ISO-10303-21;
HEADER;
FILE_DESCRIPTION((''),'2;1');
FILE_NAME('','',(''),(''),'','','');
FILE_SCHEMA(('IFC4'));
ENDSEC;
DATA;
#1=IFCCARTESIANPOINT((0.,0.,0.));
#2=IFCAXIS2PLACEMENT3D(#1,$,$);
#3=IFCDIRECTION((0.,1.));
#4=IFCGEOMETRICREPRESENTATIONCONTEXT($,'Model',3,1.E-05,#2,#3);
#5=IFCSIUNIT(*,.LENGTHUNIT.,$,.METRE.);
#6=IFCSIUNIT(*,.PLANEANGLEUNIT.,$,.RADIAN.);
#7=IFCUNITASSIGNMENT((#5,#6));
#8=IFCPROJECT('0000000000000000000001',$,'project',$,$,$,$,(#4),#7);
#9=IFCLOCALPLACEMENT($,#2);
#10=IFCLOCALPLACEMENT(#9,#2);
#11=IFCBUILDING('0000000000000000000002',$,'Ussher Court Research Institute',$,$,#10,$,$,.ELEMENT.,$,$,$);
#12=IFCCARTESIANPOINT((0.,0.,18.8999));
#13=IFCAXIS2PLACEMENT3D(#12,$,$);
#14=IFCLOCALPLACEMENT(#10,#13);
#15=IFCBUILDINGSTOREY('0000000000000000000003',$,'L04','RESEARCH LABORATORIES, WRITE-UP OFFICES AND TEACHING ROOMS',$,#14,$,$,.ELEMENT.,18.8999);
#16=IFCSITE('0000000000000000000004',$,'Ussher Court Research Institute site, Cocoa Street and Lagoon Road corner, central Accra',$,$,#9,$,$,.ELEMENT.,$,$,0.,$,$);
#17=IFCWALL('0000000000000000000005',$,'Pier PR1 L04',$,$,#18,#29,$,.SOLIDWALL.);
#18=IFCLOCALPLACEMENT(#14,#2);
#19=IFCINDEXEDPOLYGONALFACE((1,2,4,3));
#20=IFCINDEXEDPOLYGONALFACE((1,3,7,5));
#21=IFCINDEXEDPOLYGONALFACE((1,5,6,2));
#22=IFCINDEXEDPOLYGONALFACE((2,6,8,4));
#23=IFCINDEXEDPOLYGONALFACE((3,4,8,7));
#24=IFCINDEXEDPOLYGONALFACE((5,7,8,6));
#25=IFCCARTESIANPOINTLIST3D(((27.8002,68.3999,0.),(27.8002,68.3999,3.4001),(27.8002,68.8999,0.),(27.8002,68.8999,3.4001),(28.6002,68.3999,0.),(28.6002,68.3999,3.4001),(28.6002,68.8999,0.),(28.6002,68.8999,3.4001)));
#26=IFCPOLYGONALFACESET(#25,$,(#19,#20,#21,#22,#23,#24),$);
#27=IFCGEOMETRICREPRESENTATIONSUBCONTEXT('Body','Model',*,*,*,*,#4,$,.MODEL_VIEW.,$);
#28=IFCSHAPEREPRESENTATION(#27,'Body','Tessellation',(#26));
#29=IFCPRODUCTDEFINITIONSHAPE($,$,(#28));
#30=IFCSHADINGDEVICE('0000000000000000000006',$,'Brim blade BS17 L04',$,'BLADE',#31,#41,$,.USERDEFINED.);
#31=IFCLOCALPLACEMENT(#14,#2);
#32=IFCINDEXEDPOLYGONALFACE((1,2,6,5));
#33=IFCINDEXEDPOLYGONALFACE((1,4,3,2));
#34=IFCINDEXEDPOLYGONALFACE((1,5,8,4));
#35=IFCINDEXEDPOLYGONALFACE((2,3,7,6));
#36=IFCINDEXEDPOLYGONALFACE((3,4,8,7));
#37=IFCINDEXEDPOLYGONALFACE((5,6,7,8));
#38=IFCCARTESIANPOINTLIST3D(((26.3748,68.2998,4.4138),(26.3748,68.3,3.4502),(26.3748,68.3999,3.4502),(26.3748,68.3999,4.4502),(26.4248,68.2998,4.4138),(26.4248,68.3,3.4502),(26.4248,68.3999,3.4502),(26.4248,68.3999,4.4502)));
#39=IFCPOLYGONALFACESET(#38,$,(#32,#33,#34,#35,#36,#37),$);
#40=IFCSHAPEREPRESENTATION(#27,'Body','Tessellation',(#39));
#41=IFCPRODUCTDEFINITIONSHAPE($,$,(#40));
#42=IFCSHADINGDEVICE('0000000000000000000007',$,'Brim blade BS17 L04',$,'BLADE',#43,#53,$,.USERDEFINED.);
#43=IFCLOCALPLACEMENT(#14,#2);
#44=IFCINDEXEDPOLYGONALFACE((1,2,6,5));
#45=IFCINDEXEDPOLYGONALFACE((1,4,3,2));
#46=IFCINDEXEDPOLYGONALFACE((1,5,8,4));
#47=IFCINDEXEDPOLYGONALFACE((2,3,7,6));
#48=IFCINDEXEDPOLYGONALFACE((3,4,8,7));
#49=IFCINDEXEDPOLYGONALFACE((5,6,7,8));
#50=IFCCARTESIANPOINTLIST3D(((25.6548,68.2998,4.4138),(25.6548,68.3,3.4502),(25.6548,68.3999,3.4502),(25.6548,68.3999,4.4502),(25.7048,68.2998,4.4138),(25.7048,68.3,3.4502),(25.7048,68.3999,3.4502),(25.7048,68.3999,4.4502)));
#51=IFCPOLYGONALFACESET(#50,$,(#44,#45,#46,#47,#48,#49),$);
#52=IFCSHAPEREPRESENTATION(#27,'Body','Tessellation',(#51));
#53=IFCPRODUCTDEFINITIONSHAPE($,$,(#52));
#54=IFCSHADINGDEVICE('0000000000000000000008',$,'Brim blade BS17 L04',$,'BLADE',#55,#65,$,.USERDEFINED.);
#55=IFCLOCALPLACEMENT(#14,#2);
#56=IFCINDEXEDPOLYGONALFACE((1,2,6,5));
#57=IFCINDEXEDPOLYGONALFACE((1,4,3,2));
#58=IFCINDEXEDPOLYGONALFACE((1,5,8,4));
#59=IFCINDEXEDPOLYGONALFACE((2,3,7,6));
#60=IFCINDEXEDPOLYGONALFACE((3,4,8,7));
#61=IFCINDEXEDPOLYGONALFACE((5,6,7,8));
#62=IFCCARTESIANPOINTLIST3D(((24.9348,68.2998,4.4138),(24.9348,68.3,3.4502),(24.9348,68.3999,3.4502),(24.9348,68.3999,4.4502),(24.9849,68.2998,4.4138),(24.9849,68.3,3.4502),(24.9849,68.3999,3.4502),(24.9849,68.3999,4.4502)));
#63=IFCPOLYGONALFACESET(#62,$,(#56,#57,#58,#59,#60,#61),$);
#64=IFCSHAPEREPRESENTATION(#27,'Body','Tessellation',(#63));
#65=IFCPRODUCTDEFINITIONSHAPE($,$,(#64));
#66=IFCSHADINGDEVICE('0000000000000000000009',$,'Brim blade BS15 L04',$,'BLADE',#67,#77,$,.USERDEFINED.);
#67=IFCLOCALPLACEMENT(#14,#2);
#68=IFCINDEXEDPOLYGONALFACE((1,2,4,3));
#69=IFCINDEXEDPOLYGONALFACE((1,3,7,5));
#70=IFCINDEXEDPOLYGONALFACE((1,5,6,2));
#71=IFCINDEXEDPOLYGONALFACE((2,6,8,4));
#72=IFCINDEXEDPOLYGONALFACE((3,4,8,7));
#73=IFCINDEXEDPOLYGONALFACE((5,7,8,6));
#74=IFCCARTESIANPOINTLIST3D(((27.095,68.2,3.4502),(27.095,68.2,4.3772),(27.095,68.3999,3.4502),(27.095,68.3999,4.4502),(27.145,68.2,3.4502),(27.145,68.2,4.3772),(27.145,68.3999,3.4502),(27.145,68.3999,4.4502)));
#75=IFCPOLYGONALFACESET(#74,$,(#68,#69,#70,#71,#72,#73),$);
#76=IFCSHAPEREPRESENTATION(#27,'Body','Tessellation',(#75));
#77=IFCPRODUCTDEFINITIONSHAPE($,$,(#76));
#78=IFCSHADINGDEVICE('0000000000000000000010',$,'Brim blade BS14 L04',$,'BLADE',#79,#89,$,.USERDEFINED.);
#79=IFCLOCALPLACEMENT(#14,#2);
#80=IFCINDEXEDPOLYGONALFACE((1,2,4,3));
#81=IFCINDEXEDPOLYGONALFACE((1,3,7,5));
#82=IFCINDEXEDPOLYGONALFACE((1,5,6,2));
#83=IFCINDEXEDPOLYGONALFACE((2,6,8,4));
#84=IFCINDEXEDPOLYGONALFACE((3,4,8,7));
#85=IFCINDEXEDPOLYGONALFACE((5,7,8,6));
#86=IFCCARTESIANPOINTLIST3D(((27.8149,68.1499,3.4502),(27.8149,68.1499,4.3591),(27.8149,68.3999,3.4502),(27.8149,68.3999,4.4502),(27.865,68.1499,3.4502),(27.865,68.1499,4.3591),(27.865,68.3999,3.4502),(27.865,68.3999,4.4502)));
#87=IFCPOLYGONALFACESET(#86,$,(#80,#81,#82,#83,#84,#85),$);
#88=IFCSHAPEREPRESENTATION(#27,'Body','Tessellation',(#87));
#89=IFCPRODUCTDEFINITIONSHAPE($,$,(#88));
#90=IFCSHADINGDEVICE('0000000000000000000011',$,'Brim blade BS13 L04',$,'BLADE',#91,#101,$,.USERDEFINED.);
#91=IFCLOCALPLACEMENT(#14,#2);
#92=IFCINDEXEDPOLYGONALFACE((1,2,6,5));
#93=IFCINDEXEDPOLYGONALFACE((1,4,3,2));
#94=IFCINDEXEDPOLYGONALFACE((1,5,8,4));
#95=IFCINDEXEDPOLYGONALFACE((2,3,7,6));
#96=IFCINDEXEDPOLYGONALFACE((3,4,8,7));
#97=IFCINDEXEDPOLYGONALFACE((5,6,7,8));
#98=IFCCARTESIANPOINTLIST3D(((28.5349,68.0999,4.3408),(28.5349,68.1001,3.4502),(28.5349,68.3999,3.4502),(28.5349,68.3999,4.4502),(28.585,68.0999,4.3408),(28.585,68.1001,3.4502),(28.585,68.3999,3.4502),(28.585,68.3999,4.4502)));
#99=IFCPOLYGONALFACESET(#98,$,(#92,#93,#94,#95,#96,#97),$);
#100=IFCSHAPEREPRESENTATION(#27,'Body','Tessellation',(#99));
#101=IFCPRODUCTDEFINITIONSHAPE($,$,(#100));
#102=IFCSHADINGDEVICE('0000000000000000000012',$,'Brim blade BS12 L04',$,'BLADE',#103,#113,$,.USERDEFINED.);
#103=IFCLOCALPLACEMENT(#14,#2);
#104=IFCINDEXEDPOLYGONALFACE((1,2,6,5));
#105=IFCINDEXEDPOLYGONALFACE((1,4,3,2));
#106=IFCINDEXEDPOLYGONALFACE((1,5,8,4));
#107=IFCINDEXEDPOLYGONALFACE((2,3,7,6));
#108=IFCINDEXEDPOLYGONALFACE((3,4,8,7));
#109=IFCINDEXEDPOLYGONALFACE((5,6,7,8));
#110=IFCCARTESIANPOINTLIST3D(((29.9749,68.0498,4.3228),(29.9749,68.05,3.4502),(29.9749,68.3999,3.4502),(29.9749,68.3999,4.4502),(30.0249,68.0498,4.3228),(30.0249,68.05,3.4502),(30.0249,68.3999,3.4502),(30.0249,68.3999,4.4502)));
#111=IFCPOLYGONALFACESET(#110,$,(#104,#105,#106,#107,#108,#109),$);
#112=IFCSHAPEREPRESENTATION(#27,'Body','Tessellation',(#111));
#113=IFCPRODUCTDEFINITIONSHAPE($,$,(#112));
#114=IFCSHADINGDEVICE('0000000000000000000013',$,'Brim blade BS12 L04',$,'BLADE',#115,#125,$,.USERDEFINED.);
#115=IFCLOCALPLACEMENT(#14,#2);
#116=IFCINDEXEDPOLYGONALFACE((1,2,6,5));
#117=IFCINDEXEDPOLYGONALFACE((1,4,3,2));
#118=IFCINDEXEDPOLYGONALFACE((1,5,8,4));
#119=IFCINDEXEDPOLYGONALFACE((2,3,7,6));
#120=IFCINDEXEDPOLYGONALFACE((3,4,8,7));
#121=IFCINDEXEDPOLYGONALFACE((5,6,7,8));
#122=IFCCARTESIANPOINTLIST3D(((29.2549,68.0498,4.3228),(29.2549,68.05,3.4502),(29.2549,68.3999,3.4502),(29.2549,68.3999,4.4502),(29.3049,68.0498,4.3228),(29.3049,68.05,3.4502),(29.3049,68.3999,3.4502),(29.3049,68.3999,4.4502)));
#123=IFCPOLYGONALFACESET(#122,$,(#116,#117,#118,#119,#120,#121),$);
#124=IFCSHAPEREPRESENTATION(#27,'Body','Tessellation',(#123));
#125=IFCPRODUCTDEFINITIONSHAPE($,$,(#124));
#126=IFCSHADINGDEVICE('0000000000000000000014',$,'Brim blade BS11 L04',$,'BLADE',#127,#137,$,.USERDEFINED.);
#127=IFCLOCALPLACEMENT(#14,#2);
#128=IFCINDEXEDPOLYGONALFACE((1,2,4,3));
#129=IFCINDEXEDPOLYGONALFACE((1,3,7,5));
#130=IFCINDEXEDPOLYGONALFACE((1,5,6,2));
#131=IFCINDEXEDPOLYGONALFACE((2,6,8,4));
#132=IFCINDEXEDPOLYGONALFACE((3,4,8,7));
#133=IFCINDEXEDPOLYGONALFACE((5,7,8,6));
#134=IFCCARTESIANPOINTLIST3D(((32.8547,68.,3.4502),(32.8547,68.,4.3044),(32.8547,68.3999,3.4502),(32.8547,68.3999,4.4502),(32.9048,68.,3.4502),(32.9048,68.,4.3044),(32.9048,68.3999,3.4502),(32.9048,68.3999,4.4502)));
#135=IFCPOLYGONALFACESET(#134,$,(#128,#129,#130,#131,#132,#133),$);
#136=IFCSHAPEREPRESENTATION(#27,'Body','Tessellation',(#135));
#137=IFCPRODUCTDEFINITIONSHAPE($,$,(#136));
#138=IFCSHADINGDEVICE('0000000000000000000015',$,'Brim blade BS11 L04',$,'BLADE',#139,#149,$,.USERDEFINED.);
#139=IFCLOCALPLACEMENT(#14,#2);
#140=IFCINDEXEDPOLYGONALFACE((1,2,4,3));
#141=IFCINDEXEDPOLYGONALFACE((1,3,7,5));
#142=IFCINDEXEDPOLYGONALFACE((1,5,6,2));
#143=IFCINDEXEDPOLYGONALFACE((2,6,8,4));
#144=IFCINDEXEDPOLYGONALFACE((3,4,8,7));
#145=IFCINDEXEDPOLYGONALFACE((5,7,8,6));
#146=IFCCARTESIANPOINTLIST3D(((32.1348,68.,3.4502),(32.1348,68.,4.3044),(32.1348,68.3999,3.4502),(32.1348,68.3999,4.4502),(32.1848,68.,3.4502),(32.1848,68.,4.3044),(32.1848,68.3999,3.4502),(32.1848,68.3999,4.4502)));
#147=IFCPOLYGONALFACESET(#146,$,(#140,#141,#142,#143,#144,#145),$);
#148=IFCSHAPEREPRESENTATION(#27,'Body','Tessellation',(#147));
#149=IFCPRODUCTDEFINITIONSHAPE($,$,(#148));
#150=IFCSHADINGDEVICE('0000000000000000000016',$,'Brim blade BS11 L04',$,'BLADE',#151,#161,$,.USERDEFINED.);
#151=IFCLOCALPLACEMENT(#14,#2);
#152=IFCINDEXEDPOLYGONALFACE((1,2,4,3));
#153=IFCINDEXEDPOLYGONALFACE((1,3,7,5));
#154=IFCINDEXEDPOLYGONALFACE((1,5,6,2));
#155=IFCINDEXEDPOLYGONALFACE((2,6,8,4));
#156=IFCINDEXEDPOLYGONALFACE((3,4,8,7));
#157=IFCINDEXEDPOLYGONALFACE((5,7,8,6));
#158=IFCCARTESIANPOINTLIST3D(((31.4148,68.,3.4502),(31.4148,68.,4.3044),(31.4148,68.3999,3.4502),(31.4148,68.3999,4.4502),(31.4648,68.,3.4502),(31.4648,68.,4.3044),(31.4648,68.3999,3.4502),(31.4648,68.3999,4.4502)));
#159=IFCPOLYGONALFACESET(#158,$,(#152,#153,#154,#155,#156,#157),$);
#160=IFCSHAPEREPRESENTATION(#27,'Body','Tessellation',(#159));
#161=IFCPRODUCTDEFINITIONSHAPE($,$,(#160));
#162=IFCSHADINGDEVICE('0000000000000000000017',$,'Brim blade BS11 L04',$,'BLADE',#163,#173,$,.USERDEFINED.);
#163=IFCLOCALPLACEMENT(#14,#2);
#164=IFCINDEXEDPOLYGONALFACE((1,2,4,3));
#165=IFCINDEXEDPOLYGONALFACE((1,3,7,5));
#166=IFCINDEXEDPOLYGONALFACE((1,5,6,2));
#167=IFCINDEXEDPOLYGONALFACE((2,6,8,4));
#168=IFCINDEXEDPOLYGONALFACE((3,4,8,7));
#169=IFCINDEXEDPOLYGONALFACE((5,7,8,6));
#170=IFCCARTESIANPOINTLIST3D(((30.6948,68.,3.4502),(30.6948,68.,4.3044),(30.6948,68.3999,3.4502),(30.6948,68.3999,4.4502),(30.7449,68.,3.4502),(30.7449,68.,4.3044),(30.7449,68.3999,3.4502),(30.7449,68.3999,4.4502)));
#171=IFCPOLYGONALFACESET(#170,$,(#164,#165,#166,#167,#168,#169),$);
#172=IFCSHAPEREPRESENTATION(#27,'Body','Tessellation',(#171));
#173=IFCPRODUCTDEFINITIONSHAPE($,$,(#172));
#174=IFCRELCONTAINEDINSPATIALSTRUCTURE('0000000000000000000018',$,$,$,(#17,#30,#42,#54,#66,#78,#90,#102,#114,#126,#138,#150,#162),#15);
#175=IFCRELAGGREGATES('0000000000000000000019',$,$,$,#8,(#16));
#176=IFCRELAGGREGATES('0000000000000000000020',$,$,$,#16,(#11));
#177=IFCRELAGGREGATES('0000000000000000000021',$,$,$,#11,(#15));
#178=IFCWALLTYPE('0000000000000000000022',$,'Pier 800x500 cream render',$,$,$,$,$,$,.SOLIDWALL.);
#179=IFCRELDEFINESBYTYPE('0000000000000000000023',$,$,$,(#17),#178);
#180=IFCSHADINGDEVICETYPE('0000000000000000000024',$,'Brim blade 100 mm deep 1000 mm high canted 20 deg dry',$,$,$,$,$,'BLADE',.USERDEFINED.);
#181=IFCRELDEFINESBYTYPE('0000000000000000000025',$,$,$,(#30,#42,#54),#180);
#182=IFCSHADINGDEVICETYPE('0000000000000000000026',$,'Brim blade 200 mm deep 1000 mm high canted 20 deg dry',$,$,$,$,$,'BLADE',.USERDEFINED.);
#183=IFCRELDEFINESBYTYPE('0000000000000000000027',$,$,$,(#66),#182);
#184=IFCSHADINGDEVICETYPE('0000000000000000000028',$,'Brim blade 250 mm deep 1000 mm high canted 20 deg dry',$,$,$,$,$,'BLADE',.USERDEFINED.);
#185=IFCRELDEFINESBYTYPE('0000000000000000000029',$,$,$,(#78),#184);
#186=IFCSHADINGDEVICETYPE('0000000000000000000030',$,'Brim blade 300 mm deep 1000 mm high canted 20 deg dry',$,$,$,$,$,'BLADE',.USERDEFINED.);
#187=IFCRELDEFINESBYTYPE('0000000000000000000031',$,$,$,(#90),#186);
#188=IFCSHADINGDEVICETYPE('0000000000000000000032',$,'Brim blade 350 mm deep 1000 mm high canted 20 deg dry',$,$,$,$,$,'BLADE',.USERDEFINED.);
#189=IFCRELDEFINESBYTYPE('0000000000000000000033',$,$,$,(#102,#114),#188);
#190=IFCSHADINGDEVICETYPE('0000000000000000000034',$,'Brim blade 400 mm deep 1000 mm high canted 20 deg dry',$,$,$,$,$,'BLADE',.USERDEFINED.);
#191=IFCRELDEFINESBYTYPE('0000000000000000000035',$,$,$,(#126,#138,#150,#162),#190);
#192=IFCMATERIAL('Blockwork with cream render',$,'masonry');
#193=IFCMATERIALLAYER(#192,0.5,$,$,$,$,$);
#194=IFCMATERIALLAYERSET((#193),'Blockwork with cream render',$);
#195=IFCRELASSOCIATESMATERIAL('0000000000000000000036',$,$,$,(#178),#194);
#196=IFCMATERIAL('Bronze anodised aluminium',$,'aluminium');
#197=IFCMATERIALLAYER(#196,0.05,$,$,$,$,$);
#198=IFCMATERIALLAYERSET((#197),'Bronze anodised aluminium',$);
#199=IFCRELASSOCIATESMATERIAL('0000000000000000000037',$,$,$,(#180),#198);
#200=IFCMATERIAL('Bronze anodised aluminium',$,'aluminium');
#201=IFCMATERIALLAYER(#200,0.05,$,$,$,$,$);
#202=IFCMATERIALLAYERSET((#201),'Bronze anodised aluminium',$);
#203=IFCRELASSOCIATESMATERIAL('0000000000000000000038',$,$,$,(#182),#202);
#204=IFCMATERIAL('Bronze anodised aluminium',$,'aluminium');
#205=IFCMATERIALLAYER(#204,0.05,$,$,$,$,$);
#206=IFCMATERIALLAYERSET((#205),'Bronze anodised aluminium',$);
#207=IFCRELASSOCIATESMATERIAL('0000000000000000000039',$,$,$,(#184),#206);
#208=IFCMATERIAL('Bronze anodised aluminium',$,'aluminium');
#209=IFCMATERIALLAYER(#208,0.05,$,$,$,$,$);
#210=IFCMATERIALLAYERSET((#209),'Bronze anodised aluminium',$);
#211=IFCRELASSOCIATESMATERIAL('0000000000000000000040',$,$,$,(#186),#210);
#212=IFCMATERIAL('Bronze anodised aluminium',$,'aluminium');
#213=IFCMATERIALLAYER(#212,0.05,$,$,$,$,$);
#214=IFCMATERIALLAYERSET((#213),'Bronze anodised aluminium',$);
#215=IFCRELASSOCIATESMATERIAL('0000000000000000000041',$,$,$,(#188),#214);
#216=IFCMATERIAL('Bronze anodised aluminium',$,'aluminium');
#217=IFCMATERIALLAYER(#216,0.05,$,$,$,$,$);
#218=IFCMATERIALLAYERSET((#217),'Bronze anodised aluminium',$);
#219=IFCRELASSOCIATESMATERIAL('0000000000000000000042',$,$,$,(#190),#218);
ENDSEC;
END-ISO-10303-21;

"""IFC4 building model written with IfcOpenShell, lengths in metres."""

from ifc_helpers import new_model, si_unit, direction, frame, frame_2d, origin, place, context, subcontext, project, spatial, polyline, rectangle, outline, extrude, material, layer, layer_set, type_object, element, save


model = new_model("IFC4")

# Units and contexts
model_context = context("Model", 3, precision=1e-05, world=origin(), true_north=direction((0.0, 1.0)))
body_context = subcontext(model_context, "Body", "Model", "MODEL_VIEW")
ifc_project = project(units=[si_unit("LENGTHUNIT", "METRE"), si_unit("PLANEANGLEUNIT", "RADIAN")], contexts=[model_context])

# Site, building, storey
site_placement = place(None, origin())
site = spatial("IfcSite", under=ifc_project, at=site_placement, Name="Ussher Court Research Institute site, Cocoa Street and Lagoon Road corner, central Accra", CompositionType="ELEMENT", RefElevation=0.0)
building_placement = place(site_placement, origin())
building = spatial("IfcBuilding", under=site, at=building_placement, Name="Ussher Court Research Institute", CompositionType="ELEMENT")
storey_placement = place(building_placement, frame((0.0, 0.0, 18.8999)))
storey = spatial("IfcBuildingStorey", under=building, at=storey_placement, Name="L04", Description="RESEARCH LABORATORIES, WRITE-UP OFFICES AND TEACHING ROOMS", CompositionType="ELEMENT", Elevation=18.8999)

# Wall
ifc_material_1 = material(Name="Blockwork with cream render", Category="masonry")
ifc_layer_1 = layer(ifc_material_1, 0.5)
ifc_layer_set_1 = layer_set([ifc_layer_1], Name="Blockwork with cream render")
wall_type_1 = type_object("IfcWallType", Name="Pier 800x500 cream render", PredefinedType="SOLIDWALL", material=ifc_layer_set_1)
wall_1_placement = place(storey_placement, frame((28.6001, 68.6499, 0.0), z_axis=(0.0, 0.0, 1.0), x_axis=(-1.0, 0.0, 0.0)))
element("IfcWall", 1, at=wall_1_placement, inside=storey, type_object=wall_type_1, Name="Pier PR1 L04", PredefinedType="SOLIDWALL", context=body_context, shape_type="SweptSolid", body=[
    extrude(rectangle(XDim=0.8, YDim=0.5, at=frame_2d((0.3999, 0.0))), origin(), (0.0, 0.0, 1.0), 3.4001),
])

# Shading devices
ifc_material_2 = material(Name="Bronze anodised aluminium", Category="aluminium")
ifc_layer_2 = layer(ifc_material_2, 0.05)
ifc_layer_set_2 = layer_set([ifc_layer_2], Name="Bronze anodised aluminium")
shading_device_type_1 = type_object("IfcShadingDeviceType", Name="Brim blade 100 mm deep 1000 mm high canted 20 deg dry", ElementType="BLADE", PredefinedType="USERDEFINED", material=ifc_layer_set_2)
for number, where, z_axis, x_axis, name in (
    (2, (26.3999, 68.3999, 3.4502), (0.0, 0.0, 1.0), (0.0, -1.0, 0.0), "Brim blade BS17 L04"),
    (3, (25.6799, 68.3999, 3.4502), (0.0, 0.0, 1.0), (0.0, -1.0, 0.0), "Brim blade BS17 L04"),
    (4, (24.96, 68.3999, 3.4502), (0.0, 0.0, 1.0), (0.0, -1.0, 0.0), "Brim blade BS17 L04"),
):
    element("IfcShadingDevice", number, at=place(storey_placement, frame(where, z_axis=z_axis, x_axis=x_axis)), inside=storey, type_object=shading_device_type_1, Name=name, ObjectType="BLADE", PredefinedType="USERDEFINED", context=body_context, shape_type="SweptSolid", body=[
        extrude(outline(polyline([(0.0, 0.0), (0.0999, 0.0), (0.1001, 0.9636), (0.0, 1.0), (0.0, 0.0)])), frame((0.0, 0.0249, 0.0), z_axis=(0.0, -1.0, 0.0), x_axis=(1.0, 0.0, 0.0)), (0.0, 0.0, 1.0), 0.05),
    ])
ifc_material_3 = material(Name="Bronze anodised aluminium", Category="aluminium")
ifc_layer_3 = layer(ifc_material_3, 0.05)
ifc_layer_set_3 = layer_set([ifc_layer_3], Name="Bronze anodised aluminium")
shading_device_type_2 = type_object("IfcShadingDeviceType", Name="Brim blade 200 mm deep 1000 mm high canted 20 deg dry", ElementType="BLADE", PredefinedType="USERDEFINED", material=ifc_layer_set_3)
shading_device_1_placement = place(storey_placement, frame((27.1201, 68.3999, 3.4502), z_axis=(0.0, 0.0, 1.0), x_axis=(0.0, -1.0, 0.0)))
element("IfcShadingDevice", 5, at=shading_device_1_placement, inside=storey, type_object=shading_device_type_2, Name="Brim blade BS15 L04", ObjectType="BLADE", PredefinedType="USERDEFINED", context=body_context, shape_type="SweptSolid", body=[
    extrude(outline(polyline([(0.0, 0.0), (0.2, 0.0), (0.2, 0.927), (0.0, 1.0), (0.0, 0.0)])), frame((0.0, 0.0249, 0.0), z_axis=(0.0, -1.0, 0.0), x_axis=(1.0, 0.0, 0.0)), (0.0, 0.0, 1.0), 0.05),
])
ifc_material_4 = material(Name="Bronze anodised aluminium", Category="aluminium")
ifc_layer_4 = layer(ifc_material_4, 0.05)
ifc_layer_set_4 = layer_set([ifc_layer_4], Name="Bronze anodised aluminium")
shading_device_type_3 = type_object("IfcShadingDeviceType", Name="Brim blade 250 mm deep 1000 mm high canted 20 deg dry", ElementType="BLADE", PredefinedType="USERDEFINED", material=ifc_layer_set_4)
shading_device_2_placement = place(storey_placement, frame((27.8401, 68.3999, 3.4502), z_axis=(0.0, 0.0, 1.0), x_axis=(0.0, -1.0, 0.0)))
element("IfcShadingDevice", 6, at=shading_device_2_placement, inside=storey, type_object=shading_device_type_3, Name="Brim blade BS14 L04", ObjectType="BLADE", PredefinedType="USERDEFINED", context=body_context, shape_type="SweptSolid", body=[
    extrude(outline(polyline([(0.0, 0.0), (0.25, 0.0), (0.25, 0.9089), (0.0, 1.0), (0.0, 0.0)])), frame((0.0, 0.0249, 0.0), z_axis=(0.0, -1.0, 0.0), x_axis=(1.0, 0.0, 0.0)), (0.0, 0.0, 1.0), 0.05),
])
ifc_material_5 = material(Name="Bronze anodised aluminium", Category="aluminium")
ifc_layer_5 = layer(ifc_material_5, 0.05)
ifc_layer_set_5 = layer_set([ifc_layer_5], Name="Bronze anodised aluminium")
shading_device_type_4 = type_object("IfcShadingDeviceType", Name="Brim blade 300 mm deep 1000 mm high canted 20 deg dry", ElementType="BLADE", PredefinedType="USERDEFINED", material=ifc_layer_set_5)
shading_device_3_placement = place(storey_placement, frame((28.5601, 68.3999, 3.4502), z_axis=(0.0, 0.0, 1.0), x_axis=(0.0, -1.0, 0.0)))
element("IfcShadingDevice", 7, at=shading_device_3_placement, inside=storey, type_object=shading_device_type_4, Name="Brim blade BS13 L04", ObjectType="BLADE", PredefinedType="USERDEFINED", context=body_context, shape_type="SweptSolid", body=[
    extrude(outline(polyline([(0.0, 0.0), (0.2998, 0.0), (0.3, 0.8906), (0.0, 1.0), (0.0, 0.0)])), frame((0.0, 0.0249, 0.0), z_axis=(0.0, -1.0, 0.0), x_axis=(1.0, 0.0, 0.0)), (0.0, 0.0, 1.0), 0.05),
])
ifc_material_6 = material(Name="Bronze anodised aluminium", Category="aluminium")
ifc_layer_6 = layer(ifc_material_6, 0.05)
ifc_layer_set_6 = layer_set([ifc_layer_6], Name="Bronze anodised aluminium")
shading_device_type_5 = type_object("IfcShadingDeviceType", Name="Brim blade 350 mm deep 1000 mm high canted 20 deg dry", ElementType="BLADE", PredefinedType="USERDEFINED", material=ifc_layer_set_6)
for number, where, z_axis, x_axis, name in (
    (8, (30.0, 68.3999, 3.4502), (0.0, 0.0, 1.0), (0.0, -1.0, 0.0), "Brim blade BS12 L04"),
    (9, (29.28, 68.3999, 3.4502), (0.0, 0.0, 1.0), (0.0, -1.0, 0.0), "Brim blade BS12 L04"),
):
    element("IfcShadingDevice", number, at=place(storey_placement, frame(where, z_axis=z_axis, x_axis=x_axis)), inside=storey, type_object=shading_device_type_5, Name=name, ObjectType="BLADE", PredefinedType="USERDEFINED", context=body_context, shape_type="SweptSolid", body=[
        extrude(outline(polyline([(0.0, 0.0), (0.3499, 0.0), (0.3501, 0.8726), (0.0, 1.0), (0.0, 0.0)])), frame((0.0, 0.0249, 0.0), z_axis=(0.0, -1.0, 0.0), x_axis=(1.0, 0.0, 0.0)), (0.0, 0.0, 1.0), 0.05),
    ])
ifc_material_7 = material(Name="Bronze anodised aluminium", Category="aluminium")
ifc_layer_7 = layer(ifc_material_7, 0.05)
ifc_layer_set_7 = layer_set([ifc_layer_7], Name="Bronze anodised aluminium")
shading_device_type_6 = type_object("IfcShadingDeviceType", Name="Brim blade 400 mm deep 1000 mm high canted 20 deg dry", ElementType="BLADE", PredefinedType="USERDEFINED", material=ifc_layer_set_7)
for number, where, z_axis, x_axis, name in (
    (10, (32.8799, 68.3999, 3.4502), (0.0, 0.0, 1.0), (0.0, -1.0, 0.0), "Brim blade BS11 L04"),
    (11, (32.1599, 68.3999, 3.4502), (0.0, 0.0, 1.0), (0.0, -1.0, 0.0), "Brim blade BS11 L04"),
    (12, (31.4399, 68.3999, 3.4502), (0.0, 0.0, 1.0), (0.0, -1.0, 0.0), "Brim blade BS11 L04"),
    (13, (30.72, 68.3999, 3.4502), (0.0, 0.0, 1.0), (0.0, -1.0, 0.0), "Brim blade BS11 L04"),
):
    element("IfcShadingDevice", number, at=place(storey_placement, frame(where, z_axis=z_axis, x_axis=x_axis)), inside=storey, type_object=shading_device_type_6, Name=name, ObjectType="BLADE", PredefinedType="USERDEFINED", context=body_context, shape_type="SweptSolid", body=[
        extrude(outline(polyline([(0.0, 0.0), (0.3999, 0.0), (0.3999, 0.8542), (0.0, 1.0), (0.0, 0.0)])), frame((0.0, 0.0249, 0.0), z_axis=(0.0, -1.0, 0.0), x_axis=(1.0, 0.0, 0.0)), (0.0, 0.0, 1.0), 0.05),
    ])

save(model, "model.ifc")
